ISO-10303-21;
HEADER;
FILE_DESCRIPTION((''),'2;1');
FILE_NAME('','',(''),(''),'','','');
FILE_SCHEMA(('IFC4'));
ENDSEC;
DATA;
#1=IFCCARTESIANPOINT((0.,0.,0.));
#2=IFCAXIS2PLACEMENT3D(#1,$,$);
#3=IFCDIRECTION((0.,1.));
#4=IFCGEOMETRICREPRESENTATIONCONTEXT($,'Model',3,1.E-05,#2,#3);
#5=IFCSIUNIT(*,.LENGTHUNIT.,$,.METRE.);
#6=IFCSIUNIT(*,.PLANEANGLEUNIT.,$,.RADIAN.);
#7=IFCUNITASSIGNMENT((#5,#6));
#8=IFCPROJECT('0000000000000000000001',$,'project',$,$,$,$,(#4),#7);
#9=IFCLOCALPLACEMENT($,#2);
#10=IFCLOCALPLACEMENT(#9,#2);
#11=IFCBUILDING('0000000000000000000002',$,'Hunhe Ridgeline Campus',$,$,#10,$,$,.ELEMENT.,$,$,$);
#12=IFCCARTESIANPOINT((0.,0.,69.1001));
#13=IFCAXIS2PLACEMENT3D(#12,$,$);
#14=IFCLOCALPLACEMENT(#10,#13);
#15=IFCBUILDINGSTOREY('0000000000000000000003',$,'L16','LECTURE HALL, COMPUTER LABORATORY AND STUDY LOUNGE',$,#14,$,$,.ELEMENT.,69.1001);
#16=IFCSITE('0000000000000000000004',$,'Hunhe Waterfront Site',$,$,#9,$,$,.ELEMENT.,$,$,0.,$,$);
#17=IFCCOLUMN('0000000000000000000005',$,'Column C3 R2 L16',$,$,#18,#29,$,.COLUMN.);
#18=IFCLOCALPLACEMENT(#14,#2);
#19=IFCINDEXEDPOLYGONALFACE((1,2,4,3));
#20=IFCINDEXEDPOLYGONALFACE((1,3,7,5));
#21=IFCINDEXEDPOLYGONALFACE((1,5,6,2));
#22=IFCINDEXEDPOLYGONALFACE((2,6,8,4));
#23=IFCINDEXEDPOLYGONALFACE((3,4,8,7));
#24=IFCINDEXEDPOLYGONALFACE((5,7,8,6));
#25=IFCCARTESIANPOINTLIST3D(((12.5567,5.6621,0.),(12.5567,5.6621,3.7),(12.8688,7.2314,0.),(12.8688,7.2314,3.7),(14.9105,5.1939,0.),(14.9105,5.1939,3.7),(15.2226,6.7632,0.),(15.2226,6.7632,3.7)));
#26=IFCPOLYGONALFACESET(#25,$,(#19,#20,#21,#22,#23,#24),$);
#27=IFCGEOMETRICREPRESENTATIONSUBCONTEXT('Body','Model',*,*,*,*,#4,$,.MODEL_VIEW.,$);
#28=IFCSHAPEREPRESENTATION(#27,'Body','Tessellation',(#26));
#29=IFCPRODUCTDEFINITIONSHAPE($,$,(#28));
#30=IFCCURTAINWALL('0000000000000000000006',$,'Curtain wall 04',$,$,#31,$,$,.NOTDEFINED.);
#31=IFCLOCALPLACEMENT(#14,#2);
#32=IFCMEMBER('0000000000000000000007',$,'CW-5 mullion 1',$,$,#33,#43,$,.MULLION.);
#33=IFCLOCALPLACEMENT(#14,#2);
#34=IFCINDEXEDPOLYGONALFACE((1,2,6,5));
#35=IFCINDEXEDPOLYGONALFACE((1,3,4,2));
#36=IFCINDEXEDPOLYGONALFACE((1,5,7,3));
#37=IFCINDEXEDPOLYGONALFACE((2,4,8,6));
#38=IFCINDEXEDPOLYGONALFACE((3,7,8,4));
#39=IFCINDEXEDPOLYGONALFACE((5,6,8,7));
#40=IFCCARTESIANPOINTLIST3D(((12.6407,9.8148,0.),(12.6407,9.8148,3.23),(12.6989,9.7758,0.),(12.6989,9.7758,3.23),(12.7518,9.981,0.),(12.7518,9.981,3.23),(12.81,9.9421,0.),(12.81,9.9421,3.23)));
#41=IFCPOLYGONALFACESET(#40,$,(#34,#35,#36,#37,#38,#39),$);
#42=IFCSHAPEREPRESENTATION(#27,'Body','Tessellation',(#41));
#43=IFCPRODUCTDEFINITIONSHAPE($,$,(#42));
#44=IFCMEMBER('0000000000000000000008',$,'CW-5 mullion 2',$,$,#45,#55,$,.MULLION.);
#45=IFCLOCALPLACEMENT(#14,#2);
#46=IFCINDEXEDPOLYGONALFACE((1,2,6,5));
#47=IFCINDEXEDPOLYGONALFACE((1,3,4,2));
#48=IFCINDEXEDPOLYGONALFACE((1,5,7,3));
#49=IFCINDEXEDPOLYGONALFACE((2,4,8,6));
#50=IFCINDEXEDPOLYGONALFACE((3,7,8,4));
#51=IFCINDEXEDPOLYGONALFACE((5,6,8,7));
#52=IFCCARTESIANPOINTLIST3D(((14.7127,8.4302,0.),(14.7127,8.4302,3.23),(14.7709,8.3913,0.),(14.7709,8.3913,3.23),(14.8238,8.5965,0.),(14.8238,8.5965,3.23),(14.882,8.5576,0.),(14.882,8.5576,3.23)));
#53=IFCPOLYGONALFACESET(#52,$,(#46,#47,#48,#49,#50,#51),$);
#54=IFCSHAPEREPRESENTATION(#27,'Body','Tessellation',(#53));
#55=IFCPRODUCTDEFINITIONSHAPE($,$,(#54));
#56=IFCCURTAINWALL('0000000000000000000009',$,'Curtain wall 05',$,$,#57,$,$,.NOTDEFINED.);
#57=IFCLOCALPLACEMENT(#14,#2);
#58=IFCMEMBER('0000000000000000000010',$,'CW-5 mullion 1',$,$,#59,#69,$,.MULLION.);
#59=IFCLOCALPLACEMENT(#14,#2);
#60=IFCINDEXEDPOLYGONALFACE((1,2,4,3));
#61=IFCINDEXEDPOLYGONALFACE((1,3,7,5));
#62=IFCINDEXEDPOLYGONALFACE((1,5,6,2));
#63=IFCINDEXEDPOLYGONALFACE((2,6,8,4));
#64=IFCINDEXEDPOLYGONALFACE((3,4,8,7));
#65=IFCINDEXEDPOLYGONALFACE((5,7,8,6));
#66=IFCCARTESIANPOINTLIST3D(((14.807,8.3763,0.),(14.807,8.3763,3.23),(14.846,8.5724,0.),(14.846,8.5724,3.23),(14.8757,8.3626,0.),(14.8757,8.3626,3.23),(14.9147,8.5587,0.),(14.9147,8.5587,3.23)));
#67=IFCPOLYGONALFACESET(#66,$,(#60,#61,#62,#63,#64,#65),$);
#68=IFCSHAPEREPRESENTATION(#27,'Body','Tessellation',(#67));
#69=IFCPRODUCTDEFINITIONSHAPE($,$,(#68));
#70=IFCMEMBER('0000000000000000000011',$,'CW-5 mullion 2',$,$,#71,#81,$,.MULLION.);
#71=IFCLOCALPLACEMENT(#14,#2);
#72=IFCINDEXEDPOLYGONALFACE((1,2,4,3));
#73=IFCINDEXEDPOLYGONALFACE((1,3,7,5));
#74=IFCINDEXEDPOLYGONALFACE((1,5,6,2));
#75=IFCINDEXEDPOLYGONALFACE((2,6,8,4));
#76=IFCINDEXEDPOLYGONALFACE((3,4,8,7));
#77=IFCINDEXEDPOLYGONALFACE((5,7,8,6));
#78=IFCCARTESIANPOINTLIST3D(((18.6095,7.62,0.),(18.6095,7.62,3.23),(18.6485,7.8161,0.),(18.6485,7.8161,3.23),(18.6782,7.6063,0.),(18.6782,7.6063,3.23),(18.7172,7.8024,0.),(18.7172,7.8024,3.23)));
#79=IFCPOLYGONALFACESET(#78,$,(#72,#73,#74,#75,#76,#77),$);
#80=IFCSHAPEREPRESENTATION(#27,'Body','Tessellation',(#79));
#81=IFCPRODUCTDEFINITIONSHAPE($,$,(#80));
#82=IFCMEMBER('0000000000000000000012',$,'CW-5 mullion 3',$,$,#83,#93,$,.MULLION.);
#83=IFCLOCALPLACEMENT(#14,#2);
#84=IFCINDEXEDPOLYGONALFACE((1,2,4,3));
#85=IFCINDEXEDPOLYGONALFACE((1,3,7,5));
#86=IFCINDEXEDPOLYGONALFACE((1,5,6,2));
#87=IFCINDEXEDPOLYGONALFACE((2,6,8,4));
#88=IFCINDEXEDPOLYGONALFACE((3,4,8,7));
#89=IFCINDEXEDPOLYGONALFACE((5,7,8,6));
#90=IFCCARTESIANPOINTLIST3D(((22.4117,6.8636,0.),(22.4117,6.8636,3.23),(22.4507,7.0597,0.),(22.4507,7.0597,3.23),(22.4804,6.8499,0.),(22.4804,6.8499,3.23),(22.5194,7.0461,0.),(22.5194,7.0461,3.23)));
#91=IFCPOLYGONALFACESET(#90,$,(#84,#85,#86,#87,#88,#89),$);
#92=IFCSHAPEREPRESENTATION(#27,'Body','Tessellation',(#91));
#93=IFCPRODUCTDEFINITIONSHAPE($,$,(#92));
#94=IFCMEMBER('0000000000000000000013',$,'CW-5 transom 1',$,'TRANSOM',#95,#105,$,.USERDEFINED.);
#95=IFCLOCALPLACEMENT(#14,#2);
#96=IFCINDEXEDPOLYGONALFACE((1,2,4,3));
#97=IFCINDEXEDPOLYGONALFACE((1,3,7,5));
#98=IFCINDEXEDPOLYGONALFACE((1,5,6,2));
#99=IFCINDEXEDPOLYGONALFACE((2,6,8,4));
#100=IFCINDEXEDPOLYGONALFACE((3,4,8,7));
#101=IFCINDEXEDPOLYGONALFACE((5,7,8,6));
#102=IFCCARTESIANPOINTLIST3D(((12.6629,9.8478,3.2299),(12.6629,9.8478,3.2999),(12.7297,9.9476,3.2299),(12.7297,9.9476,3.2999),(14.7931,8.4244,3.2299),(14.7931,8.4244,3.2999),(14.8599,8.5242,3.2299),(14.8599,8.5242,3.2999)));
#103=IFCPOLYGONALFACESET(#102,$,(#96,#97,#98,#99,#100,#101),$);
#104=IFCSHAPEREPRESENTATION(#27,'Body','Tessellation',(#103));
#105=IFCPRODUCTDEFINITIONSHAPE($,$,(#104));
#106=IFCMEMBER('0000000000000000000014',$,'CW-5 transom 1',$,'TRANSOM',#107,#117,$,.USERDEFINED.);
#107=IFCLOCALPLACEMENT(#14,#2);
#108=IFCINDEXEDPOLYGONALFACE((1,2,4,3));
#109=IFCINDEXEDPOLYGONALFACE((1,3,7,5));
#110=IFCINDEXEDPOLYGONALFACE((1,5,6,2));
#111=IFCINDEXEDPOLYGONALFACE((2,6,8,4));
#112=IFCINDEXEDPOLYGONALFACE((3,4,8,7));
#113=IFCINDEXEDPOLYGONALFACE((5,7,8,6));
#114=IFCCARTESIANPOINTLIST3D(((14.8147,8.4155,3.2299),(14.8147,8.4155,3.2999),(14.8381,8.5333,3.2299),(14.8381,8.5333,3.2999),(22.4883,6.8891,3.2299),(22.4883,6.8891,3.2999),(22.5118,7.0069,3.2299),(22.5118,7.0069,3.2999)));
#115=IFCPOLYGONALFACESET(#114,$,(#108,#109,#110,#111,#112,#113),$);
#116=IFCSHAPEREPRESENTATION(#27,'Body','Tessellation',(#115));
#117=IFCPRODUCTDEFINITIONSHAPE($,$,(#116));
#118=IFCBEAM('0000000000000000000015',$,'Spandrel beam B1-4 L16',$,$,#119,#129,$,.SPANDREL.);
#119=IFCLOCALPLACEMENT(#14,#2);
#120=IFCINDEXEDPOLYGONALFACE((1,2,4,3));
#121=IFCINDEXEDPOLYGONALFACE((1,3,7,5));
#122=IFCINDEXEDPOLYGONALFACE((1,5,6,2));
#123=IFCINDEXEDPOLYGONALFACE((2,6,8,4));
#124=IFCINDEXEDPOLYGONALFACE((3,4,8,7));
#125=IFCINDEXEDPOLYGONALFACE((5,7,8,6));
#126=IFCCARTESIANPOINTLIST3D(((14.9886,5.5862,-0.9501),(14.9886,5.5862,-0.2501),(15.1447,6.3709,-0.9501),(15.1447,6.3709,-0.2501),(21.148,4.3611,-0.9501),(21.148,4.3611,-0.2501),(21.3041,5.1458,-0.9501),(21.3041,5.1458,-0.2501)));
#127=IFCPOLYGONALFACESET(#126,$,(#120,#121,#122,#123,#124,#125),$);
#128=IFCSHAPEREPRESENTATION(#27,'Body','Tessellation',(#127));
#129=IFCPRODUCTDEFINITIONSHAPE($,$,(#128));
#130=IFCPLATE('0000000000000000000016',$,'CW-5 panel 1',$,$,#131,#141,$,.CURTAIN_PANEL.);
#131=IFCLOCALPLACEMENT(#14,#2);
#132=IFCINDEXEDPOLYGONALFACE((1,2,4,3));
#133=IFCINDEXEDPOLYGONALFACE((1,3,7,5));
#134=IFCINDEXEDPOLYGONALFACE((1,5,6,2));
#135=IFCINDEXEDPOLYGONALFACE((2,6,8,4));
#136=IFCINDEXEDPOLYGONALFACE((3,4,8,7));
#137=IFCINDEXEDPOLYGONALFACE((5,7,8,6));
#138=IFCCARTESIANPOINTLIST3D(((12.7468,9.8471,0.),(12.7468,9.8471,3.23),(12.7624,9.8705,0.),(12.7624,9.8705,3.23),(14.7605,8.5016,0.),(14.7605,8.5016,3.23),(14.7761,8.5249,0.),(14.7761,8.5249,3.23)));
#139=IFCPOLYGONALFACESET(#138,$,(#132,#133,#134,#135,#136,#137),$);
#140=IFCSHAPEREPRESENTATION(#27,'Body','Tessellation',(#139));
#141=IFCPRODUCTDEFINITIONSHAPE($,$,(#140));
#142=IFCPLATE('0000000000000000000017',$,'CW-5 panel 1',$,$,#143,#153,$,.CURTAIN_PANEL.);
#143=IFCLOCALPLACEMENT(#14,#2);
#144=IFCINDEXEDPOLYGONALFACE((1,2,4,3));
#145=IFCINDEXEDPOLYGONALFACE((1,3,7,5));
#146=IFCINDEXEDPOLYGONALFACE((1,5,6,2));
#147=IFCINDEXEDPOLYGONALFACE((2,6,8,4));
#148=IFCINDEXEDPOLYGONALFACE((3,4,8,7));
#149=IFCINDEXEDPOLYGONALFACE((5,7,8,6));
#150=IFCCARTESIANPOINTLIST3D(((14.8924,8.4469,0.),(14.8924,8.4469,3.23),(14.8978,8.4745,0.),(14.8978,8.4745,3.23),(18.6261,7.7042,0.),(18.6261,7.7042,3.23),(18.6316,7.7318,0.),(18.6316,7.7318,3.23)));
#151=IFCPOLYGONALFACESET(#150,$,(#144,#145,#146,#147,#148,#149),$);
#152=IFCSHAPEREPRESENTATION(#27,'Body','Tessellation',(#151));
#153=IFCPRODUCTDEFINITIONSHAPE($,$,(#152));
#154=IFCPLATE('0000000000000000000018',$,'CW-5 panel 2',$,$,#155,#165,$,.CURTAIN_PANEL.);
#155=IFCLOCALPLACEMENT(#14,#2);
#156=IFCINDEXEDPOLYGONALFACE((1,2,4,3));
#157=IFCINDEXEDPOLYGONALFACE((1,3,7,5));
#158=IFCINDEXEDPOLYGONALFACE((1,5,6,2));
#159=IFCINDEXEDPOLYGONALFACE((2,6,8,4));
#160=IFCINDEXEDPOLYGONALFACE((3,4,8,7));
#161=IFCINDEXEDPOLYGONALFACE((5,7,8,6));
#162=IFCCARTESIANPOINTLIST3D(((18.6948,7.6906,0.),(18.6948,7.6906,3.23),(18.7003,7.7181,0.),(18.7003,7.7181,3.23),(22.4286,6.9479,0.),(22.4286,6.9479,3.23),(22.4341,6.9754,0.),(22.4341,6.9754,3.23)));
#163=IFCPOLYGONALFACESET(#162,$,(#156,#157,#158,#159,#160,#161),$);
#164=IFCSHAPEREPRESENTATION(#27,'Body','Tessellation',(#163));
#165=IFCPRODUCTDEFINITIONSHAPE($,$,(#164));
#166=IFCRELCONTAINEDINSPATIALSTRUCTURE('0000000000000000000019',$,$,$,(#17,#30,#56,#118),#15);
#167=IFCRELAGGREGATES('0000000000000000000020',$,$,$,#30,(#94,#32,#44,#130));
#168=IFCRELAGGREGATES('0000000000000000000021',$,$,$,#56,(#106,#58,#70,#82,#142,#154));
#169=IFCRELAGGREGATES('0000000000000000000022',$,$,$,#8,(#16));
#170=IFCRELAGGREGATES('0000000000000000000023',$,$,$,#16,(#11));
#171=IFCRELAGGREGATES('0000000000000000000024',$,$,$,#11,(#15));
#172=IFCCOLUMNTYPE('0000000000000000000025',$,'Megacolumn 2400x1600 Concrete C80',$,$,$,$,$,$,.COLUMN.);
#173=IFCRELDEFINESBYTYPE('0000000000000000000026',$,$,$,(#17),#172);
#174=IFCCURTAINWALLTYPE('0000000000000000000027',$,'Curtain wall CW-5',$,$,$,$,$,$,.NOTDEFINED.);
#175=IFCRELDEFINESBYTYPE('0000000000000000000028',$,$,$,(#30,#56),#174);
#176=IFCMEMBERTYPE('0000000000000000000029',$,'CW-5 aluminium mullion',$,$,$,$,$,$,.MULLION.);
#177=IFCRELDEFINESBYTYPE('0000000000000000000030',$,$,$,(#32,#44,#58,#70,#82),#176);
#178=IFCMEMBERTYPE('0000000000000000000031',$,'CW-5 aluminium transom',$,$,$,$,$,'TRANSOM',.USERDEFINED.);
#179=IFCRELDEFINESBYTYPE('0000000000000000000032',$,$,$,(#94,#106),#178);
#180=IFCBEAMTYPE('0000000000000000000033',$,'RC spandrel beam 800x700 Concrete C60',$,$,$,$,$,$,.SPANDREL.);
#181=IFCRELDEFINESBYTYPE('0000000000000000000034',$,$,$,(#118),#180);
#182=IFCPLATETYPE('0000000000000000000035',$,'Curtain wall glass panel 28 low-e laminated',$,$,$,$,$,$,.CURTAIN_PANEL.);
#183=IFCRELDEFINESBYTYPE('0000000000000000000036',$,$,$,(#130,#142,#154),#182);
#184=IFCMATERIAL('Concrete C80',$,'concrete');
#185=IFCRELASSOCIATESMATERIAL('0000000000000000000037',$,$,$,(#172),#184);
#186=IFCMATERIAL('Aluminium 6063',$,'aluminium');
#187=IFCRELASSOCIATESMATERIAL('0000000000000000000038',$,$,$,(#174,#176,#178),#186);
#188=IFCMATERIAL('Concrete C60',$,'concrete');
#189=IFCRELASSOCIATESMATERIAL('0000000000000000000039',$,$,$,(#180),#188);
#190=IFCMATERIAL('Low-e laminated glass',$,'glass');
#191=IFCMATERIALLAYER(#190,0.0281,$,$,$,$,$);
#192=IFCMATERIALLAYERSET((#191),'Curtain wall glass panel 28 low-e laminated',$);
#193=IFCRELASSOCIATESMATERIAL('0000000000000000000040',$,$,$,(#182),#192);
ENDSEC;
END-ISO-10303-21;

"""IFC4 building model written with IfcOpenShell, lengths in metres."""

from ifc_helpers import new_model, si_unit, direction, frame, origin, origin_2d, place, context, subcontext, project, spatial, rectangle, extrude, material, layer, layer_set, material_profile, profile_set, type_object, element, aggregate, save


model = new_model("IFC4")

# Units and contexts
model_context = context("Model", 3, precision=1e-05, world=origin(), true_north=direction((0.0, 1.0)))
body_context = subcontext(model_context, "Body", "Model", "MODEL_VIEW")
ifc_project = project(units=[si_unit("LENGTHUNIT", "METRE"), si_unit("PLANEANGLEUNIT", "RADIAN")], contexts=[model_context])

# Site, building, storey
site_placement = place(None, origin())
site = spatial("IfcSite", under=ifc_project, at=site_placement, Name="Hunhe Waterfront Site", CompositionType="ELEMENT", RefElevation=0.0)
building_placement = place(site_placement, origin())
building = spatial("IfcBuilding", under=site, at=building_placement, Name="Hunhe Ridgeline Campus", CompositionType="ELEMENT")
storey_placement = place(building_placement, frame((0.0, 0.0, 69.1001)))
storey = spatial("IfcBuildingStorey", under=building, at=storey_placement, Name="L16", Description="LECTURE HALL, COMPUTER LABORATORY AND STUDY LOUNGE", CompositionType="ELEMENT", Elevation=69.1001)

# Column
ifc_material_1 = material(Name="Concrete C80", Category="concrete")
ifc_material_profile_1 = material_profile(ifc_material_1, rectangle(XDim=2.3999, YDim=1.6001, at=origin_2d()))
ifc_profile_set_1 = profile_set([ifc_material_profile_1], Name="Concrete C80")
column_type = type_object("IfcColumnType", Name="Megacolumn 2400x1600 Concrete C80", PredefinedType="COLUMN", material=ifc_profile_set_1)
column_placement = place(storey_placement, frame((13.8896, 6.2126, 0.0), z_axis=(0.0, 0.0, 1.0), x_axis=(-0.980785, 0.19509, 0.0)))
element("IfcColumn", 1, at=column_placement, inside=storey, type_object=column_type, Name="Column C3 R2 L16", PredefinedType="COLUMN", context=body_context, shape_type="SweptSolid", body=[
    extrude(rectangle(XDim=2.3999, YDim=1.6001, at=origin_2d()), origin(), (0.0, 0.0, 1.0), 3.7),
])

# Curtain walls, members
ifc_material_2 = material(Name="Aluminium 6063", Category="aluminium")
curtain_wall_type = type_object("IfcCurtainWallType", Name="Curtain wall CW-5", PredefinedType="NOTDEFINED", material=ifc_material_2)
curtain_wall_1_placement = place(storey_placement, origin())
curtain_wall_1 = element("IfcCurtainWall", 2, at=curtain_wall_1_placement, inside=storey, type_object=curtain_wall_type, Name="Curtain wall 04", PredefinedType="NOTDEFINED")
ifc_material_profile_2 = material_profile(ifc_material_2, rectangle(XDim=0.2, YDim=0.0701, at=origin_2d()))
ifc_profile_set_2 = profile_set([ifc_material_profile_2], Name="Aluminium 6063")
member_type_1 = type_object("IfcMemberType", Name="CW-5 aluminium mullion", PredefinedType="MULLION", material=ifc_profile_set_2)
member_1_placement = place(storey_placement, frame((12.7253, 9.8784, 0.0), z_axis=(0.0, 0.0, 1.0), x_axis=(0.55557, 0.83147, 0.0)))
member_1 = element("IfcMember", 3, at=member_1_placement, type_object=member_type_1, Name="CW-5 mullion 1", PredefinedType="MULLION", context=body_context, shape_type="SweptSolid", body=[
    extrude(rectangle(XDim=0.2, YDim=0.0701, at=origin_2d()), origin(), (0.0, 0.0, 1.0), 3.23),
])
member_2_placement = place(storey_placement, frame((14.7974, 8.4939, 0.0), z_axis=(0.0, 0.0, 1.0), x_axis=(0.55557, 0.83147, 0.0)))
member_2 = element("IfcMember", 4, at=member_2_placement, type_object=member_type_1, Name="CW-5 mullion 2", PredefinedType="MULLION", context=body_context, shape_type="SweptSolid", body=[
    extrude(rectangle(XDim=0.2, YDim=0.0701, at=origin_2d()), origin(), (0.0, 0.0, 1.0), 3.23),
])
curtain_wall_2_placement = place(storey_placement, origin())
curtain_wall_2 = element("IfcCurtainWall", 5, at=curtain_wall_2_placement, inside=storey, type_object=curtain_wall_type, Name="Curtain wall 05", PredefinedType="NOTDEFINED")
member_3_placement = place(storey_placement, frame((14.8608, 8.4675, 0.0), z_axis=(0.0, 0.0, 1.0), x_axis=(0.19509, 0.980785, 0.0)))
member_3 = element("IfcMember", 6, at=member_3_placement, type_object=member_type_1, Name="CW-5 mullion 1", PredefinedType="MULLION", context=body_context, shape_type="SweptSolid", body=[
    extrude(rectangle(XDim=0.2, YDim=0.0701, at=origin_2d()), origin(), (0.0, 0.0, 1.0), 3.23),
])
member_4_placement = place(storey_placement, frame((18.6633, 7.7112, 0.0), z_axis=(0.0, 0.0, 1.0), x_axis=(0.19509, 0.980785, 0.0)))
member_4 = element("IfcMember", 7, at=member_4_placement, type_object=member_type_1, Name="CW-5 mullion 2", PredefinedType="MULLION", context=body_context, shape_type="SweptSolid", body=[
    extrude(rectangle(XDim=0.2, YDim=0.0701, at=origin_2d()), origin(), (0.0, 0.0, 1.0), 3.23),
])
member_5_placement = place(storey_placement, frame((22.4656, 6.9548, 0.0), z_axis=(0.0, 0.0, 1.0), x_axis=(0.19509, 0.980785, 0.0)))
member_5 = element("IfcMember", 8, at=member_5_placement, type_object=member_type_1, Name="CW-5 mullion 3", PredefinedType="MULLION", context=body_context, shape_type="SweptSolid", body=[
    extrude(rectangle(XDim=0.2, YDim=0.0701, at=origin_2d()), origin(), (0.0, 0.0, 1.0), 3.23),
])

# Members
ifc_material_profile_3 = material_profile(ifc_material_2, rectangle(XDim=0.1201, YDim=0.0701, at=origin_2d()))
ifc_profile_set_3 = profile_set([ifc_material_profile_3], Name="Aluminium 6063")
member_type_2 = type_object("IfcMemberType", Name="CW-5 aluminium transom", ElementType="TRANSOM", PredefinedType="USERDEFINED", material=ifc_profile_set_3)
member_6_placement = place(storey_placement, frame((12.6963, 9.8977, 3.2649), z_axis=(0.831463, -0.55558, 0.0), x_axis=(0.55558, 0.831463, 0.0)))
member_6 = element("IfcMember", 9, at=member_6_placement, type_object=member_type_2, Name="CW-5 transom 1", ObjectType="TRANSOM", PredefinedType="USERDEFINED", context=body_context, shape_type="SweptSolid", body=[
    extrude(rectangle(XDim=0.1201, YDim=0.0701, at=origin_2d()), origin(), (0.0, 0.0, 1.0), 2.562),
])
member_7_placement = place(storey_placement, frame((14.8264, 8.4744, 3.2649), z_axis=(0.980785, -0.19509, 0.0), x_axis=(0.19509, 0.980785, 0.0)))
member_7 = element("IfcMember", 10, at=member_7_placement, type_object=member_type_2, Name="CW-5 transom 1", ObjectType="TRANSOM", PredefinedType="USERDEFINED", context=body_context, shape_type="SweptSolid", body=[
    extrude(rectangle(XDim=0.1201, YDim=0.0701, at=origin_2d()), origin(), (0.0, 0.0, 1.0), 7.824),
])

# Beam
ifc_material_3 = material(Name="Concrete C60", Category="concrete")
ifc_material_profile_4 = material_profile(ifc_material_3, rectangle(XDim=0.8, YDim=0.7, at=origin_2d()))
ifc_profile_set_4 = profile_set([ifc_material_profile_4], Name="Concrete C60")
beam_type = type_object("IfcBeamType", Name="RC spandrel beam 800x700 Concrete C60", PredefinedType="SPANDREL", material=ifc_profile_set_4)
beam_placement = place(storey_placement, frame((15.0667, 5.9785, -0.6001), z_axis=(0.980788, -0.195077, 0.0), x_axis=(0.195077, 0.980788, 0.0)))
element("IfcBeam", 11, at=beam_placement, inside=storey, type_object=beam_type, Name="Spandrel beam B1-4 L16", PredefinedType="SPANDREL", context=body_context, shape_type="SweptSolid", body=[
    extrude(rectangle(XDim=0.8, YDim=0.7, at=origin_2d()), origin(), (0.0, 0.0, 1.0), 6.28),
])

# Plates
ifc_material_4 = material(Name="Low-e laminated glass", Category="glass")
ifc_layer_1 = layer(ifc_material_4, 0.0281)
ifc_layer_set_1 = layer_set([ifc_layer_1], Name="Curtain wall glass panel 28 low-e laminated")
plate_type = type_object("IfcPlateType", Name="Curtain wall glass panel 28 low-e laminated", PredefinedType="CURTAIN_PANEL", material=ifc_layer_set_1)
plate_1_placement = place(storey_placement, frame((13.7615, 9.186, 0.0), z_axis=(0.0, 0.0, 1.0), x_axis=(0.83147, -0.55557, 0.0)))
plate_1 = element("IfcPlate", 12, at=plate_1_placement, type_object=plate_type, Name="CW-5 panel 1", PredefinedType="CURTAIN_PANEL", context=body_context, shape_type="SweptSolid", body=[
    extrude(rectangle(XDim=2.4219, YDim=0.0281, at=origin_2d()), origin(), (0.0, 0.0, 1.0), 3.23),
])
aggregate(curtain_wall_1, [member_6, member_1, member_2, plate_1])
plate_2_placement = place(storey_placement, frame((16.762, 8.0894, 0.0), z_axis=(0.0, 0.0, 1.0), x_axis=(0.980785, -0.19509, 0.0)))
plate_2 = element("IfcPlate", 13, at=plate_2_placement, type_object=plate_type, Name="CW-5 panel 1", PredefinedType="CURTAIN_PANEL", context=body_context, shape_type="SweptSolid", body=[
    extrude(rectangle(XDim=3.8069, YDim=0.0281, at=origin_2d()), origin(), (0.0, 0.0, 1.0), 3.23),
])
plate_3_placement = place(storey_placement, frame((20.5645, 7.333, 0.0), z_axis=(0.0, 0.0, 1.0), x_axis=(0.980785, -0.19509, 0.0)))
plate_3 = element("IfcPlate", 14, at=plate_3_placement, type_object=plate_type, Name="CW-5 panel 2", PredefinedType="CURTAIN_PANEL", context=body_context, shape_type="SweptSolid", body=[
    extrude(rectangle(XDim=3.8069, YDim=0.0281, at=origin_2d()), origin(), (0.0, 0.0, 1.0), 3.23),
])
aggregate(curtain_wall_2, [member_7, member_3, member_4, member_5, plate_2, plate_3])

save(model, "model.ifc")
